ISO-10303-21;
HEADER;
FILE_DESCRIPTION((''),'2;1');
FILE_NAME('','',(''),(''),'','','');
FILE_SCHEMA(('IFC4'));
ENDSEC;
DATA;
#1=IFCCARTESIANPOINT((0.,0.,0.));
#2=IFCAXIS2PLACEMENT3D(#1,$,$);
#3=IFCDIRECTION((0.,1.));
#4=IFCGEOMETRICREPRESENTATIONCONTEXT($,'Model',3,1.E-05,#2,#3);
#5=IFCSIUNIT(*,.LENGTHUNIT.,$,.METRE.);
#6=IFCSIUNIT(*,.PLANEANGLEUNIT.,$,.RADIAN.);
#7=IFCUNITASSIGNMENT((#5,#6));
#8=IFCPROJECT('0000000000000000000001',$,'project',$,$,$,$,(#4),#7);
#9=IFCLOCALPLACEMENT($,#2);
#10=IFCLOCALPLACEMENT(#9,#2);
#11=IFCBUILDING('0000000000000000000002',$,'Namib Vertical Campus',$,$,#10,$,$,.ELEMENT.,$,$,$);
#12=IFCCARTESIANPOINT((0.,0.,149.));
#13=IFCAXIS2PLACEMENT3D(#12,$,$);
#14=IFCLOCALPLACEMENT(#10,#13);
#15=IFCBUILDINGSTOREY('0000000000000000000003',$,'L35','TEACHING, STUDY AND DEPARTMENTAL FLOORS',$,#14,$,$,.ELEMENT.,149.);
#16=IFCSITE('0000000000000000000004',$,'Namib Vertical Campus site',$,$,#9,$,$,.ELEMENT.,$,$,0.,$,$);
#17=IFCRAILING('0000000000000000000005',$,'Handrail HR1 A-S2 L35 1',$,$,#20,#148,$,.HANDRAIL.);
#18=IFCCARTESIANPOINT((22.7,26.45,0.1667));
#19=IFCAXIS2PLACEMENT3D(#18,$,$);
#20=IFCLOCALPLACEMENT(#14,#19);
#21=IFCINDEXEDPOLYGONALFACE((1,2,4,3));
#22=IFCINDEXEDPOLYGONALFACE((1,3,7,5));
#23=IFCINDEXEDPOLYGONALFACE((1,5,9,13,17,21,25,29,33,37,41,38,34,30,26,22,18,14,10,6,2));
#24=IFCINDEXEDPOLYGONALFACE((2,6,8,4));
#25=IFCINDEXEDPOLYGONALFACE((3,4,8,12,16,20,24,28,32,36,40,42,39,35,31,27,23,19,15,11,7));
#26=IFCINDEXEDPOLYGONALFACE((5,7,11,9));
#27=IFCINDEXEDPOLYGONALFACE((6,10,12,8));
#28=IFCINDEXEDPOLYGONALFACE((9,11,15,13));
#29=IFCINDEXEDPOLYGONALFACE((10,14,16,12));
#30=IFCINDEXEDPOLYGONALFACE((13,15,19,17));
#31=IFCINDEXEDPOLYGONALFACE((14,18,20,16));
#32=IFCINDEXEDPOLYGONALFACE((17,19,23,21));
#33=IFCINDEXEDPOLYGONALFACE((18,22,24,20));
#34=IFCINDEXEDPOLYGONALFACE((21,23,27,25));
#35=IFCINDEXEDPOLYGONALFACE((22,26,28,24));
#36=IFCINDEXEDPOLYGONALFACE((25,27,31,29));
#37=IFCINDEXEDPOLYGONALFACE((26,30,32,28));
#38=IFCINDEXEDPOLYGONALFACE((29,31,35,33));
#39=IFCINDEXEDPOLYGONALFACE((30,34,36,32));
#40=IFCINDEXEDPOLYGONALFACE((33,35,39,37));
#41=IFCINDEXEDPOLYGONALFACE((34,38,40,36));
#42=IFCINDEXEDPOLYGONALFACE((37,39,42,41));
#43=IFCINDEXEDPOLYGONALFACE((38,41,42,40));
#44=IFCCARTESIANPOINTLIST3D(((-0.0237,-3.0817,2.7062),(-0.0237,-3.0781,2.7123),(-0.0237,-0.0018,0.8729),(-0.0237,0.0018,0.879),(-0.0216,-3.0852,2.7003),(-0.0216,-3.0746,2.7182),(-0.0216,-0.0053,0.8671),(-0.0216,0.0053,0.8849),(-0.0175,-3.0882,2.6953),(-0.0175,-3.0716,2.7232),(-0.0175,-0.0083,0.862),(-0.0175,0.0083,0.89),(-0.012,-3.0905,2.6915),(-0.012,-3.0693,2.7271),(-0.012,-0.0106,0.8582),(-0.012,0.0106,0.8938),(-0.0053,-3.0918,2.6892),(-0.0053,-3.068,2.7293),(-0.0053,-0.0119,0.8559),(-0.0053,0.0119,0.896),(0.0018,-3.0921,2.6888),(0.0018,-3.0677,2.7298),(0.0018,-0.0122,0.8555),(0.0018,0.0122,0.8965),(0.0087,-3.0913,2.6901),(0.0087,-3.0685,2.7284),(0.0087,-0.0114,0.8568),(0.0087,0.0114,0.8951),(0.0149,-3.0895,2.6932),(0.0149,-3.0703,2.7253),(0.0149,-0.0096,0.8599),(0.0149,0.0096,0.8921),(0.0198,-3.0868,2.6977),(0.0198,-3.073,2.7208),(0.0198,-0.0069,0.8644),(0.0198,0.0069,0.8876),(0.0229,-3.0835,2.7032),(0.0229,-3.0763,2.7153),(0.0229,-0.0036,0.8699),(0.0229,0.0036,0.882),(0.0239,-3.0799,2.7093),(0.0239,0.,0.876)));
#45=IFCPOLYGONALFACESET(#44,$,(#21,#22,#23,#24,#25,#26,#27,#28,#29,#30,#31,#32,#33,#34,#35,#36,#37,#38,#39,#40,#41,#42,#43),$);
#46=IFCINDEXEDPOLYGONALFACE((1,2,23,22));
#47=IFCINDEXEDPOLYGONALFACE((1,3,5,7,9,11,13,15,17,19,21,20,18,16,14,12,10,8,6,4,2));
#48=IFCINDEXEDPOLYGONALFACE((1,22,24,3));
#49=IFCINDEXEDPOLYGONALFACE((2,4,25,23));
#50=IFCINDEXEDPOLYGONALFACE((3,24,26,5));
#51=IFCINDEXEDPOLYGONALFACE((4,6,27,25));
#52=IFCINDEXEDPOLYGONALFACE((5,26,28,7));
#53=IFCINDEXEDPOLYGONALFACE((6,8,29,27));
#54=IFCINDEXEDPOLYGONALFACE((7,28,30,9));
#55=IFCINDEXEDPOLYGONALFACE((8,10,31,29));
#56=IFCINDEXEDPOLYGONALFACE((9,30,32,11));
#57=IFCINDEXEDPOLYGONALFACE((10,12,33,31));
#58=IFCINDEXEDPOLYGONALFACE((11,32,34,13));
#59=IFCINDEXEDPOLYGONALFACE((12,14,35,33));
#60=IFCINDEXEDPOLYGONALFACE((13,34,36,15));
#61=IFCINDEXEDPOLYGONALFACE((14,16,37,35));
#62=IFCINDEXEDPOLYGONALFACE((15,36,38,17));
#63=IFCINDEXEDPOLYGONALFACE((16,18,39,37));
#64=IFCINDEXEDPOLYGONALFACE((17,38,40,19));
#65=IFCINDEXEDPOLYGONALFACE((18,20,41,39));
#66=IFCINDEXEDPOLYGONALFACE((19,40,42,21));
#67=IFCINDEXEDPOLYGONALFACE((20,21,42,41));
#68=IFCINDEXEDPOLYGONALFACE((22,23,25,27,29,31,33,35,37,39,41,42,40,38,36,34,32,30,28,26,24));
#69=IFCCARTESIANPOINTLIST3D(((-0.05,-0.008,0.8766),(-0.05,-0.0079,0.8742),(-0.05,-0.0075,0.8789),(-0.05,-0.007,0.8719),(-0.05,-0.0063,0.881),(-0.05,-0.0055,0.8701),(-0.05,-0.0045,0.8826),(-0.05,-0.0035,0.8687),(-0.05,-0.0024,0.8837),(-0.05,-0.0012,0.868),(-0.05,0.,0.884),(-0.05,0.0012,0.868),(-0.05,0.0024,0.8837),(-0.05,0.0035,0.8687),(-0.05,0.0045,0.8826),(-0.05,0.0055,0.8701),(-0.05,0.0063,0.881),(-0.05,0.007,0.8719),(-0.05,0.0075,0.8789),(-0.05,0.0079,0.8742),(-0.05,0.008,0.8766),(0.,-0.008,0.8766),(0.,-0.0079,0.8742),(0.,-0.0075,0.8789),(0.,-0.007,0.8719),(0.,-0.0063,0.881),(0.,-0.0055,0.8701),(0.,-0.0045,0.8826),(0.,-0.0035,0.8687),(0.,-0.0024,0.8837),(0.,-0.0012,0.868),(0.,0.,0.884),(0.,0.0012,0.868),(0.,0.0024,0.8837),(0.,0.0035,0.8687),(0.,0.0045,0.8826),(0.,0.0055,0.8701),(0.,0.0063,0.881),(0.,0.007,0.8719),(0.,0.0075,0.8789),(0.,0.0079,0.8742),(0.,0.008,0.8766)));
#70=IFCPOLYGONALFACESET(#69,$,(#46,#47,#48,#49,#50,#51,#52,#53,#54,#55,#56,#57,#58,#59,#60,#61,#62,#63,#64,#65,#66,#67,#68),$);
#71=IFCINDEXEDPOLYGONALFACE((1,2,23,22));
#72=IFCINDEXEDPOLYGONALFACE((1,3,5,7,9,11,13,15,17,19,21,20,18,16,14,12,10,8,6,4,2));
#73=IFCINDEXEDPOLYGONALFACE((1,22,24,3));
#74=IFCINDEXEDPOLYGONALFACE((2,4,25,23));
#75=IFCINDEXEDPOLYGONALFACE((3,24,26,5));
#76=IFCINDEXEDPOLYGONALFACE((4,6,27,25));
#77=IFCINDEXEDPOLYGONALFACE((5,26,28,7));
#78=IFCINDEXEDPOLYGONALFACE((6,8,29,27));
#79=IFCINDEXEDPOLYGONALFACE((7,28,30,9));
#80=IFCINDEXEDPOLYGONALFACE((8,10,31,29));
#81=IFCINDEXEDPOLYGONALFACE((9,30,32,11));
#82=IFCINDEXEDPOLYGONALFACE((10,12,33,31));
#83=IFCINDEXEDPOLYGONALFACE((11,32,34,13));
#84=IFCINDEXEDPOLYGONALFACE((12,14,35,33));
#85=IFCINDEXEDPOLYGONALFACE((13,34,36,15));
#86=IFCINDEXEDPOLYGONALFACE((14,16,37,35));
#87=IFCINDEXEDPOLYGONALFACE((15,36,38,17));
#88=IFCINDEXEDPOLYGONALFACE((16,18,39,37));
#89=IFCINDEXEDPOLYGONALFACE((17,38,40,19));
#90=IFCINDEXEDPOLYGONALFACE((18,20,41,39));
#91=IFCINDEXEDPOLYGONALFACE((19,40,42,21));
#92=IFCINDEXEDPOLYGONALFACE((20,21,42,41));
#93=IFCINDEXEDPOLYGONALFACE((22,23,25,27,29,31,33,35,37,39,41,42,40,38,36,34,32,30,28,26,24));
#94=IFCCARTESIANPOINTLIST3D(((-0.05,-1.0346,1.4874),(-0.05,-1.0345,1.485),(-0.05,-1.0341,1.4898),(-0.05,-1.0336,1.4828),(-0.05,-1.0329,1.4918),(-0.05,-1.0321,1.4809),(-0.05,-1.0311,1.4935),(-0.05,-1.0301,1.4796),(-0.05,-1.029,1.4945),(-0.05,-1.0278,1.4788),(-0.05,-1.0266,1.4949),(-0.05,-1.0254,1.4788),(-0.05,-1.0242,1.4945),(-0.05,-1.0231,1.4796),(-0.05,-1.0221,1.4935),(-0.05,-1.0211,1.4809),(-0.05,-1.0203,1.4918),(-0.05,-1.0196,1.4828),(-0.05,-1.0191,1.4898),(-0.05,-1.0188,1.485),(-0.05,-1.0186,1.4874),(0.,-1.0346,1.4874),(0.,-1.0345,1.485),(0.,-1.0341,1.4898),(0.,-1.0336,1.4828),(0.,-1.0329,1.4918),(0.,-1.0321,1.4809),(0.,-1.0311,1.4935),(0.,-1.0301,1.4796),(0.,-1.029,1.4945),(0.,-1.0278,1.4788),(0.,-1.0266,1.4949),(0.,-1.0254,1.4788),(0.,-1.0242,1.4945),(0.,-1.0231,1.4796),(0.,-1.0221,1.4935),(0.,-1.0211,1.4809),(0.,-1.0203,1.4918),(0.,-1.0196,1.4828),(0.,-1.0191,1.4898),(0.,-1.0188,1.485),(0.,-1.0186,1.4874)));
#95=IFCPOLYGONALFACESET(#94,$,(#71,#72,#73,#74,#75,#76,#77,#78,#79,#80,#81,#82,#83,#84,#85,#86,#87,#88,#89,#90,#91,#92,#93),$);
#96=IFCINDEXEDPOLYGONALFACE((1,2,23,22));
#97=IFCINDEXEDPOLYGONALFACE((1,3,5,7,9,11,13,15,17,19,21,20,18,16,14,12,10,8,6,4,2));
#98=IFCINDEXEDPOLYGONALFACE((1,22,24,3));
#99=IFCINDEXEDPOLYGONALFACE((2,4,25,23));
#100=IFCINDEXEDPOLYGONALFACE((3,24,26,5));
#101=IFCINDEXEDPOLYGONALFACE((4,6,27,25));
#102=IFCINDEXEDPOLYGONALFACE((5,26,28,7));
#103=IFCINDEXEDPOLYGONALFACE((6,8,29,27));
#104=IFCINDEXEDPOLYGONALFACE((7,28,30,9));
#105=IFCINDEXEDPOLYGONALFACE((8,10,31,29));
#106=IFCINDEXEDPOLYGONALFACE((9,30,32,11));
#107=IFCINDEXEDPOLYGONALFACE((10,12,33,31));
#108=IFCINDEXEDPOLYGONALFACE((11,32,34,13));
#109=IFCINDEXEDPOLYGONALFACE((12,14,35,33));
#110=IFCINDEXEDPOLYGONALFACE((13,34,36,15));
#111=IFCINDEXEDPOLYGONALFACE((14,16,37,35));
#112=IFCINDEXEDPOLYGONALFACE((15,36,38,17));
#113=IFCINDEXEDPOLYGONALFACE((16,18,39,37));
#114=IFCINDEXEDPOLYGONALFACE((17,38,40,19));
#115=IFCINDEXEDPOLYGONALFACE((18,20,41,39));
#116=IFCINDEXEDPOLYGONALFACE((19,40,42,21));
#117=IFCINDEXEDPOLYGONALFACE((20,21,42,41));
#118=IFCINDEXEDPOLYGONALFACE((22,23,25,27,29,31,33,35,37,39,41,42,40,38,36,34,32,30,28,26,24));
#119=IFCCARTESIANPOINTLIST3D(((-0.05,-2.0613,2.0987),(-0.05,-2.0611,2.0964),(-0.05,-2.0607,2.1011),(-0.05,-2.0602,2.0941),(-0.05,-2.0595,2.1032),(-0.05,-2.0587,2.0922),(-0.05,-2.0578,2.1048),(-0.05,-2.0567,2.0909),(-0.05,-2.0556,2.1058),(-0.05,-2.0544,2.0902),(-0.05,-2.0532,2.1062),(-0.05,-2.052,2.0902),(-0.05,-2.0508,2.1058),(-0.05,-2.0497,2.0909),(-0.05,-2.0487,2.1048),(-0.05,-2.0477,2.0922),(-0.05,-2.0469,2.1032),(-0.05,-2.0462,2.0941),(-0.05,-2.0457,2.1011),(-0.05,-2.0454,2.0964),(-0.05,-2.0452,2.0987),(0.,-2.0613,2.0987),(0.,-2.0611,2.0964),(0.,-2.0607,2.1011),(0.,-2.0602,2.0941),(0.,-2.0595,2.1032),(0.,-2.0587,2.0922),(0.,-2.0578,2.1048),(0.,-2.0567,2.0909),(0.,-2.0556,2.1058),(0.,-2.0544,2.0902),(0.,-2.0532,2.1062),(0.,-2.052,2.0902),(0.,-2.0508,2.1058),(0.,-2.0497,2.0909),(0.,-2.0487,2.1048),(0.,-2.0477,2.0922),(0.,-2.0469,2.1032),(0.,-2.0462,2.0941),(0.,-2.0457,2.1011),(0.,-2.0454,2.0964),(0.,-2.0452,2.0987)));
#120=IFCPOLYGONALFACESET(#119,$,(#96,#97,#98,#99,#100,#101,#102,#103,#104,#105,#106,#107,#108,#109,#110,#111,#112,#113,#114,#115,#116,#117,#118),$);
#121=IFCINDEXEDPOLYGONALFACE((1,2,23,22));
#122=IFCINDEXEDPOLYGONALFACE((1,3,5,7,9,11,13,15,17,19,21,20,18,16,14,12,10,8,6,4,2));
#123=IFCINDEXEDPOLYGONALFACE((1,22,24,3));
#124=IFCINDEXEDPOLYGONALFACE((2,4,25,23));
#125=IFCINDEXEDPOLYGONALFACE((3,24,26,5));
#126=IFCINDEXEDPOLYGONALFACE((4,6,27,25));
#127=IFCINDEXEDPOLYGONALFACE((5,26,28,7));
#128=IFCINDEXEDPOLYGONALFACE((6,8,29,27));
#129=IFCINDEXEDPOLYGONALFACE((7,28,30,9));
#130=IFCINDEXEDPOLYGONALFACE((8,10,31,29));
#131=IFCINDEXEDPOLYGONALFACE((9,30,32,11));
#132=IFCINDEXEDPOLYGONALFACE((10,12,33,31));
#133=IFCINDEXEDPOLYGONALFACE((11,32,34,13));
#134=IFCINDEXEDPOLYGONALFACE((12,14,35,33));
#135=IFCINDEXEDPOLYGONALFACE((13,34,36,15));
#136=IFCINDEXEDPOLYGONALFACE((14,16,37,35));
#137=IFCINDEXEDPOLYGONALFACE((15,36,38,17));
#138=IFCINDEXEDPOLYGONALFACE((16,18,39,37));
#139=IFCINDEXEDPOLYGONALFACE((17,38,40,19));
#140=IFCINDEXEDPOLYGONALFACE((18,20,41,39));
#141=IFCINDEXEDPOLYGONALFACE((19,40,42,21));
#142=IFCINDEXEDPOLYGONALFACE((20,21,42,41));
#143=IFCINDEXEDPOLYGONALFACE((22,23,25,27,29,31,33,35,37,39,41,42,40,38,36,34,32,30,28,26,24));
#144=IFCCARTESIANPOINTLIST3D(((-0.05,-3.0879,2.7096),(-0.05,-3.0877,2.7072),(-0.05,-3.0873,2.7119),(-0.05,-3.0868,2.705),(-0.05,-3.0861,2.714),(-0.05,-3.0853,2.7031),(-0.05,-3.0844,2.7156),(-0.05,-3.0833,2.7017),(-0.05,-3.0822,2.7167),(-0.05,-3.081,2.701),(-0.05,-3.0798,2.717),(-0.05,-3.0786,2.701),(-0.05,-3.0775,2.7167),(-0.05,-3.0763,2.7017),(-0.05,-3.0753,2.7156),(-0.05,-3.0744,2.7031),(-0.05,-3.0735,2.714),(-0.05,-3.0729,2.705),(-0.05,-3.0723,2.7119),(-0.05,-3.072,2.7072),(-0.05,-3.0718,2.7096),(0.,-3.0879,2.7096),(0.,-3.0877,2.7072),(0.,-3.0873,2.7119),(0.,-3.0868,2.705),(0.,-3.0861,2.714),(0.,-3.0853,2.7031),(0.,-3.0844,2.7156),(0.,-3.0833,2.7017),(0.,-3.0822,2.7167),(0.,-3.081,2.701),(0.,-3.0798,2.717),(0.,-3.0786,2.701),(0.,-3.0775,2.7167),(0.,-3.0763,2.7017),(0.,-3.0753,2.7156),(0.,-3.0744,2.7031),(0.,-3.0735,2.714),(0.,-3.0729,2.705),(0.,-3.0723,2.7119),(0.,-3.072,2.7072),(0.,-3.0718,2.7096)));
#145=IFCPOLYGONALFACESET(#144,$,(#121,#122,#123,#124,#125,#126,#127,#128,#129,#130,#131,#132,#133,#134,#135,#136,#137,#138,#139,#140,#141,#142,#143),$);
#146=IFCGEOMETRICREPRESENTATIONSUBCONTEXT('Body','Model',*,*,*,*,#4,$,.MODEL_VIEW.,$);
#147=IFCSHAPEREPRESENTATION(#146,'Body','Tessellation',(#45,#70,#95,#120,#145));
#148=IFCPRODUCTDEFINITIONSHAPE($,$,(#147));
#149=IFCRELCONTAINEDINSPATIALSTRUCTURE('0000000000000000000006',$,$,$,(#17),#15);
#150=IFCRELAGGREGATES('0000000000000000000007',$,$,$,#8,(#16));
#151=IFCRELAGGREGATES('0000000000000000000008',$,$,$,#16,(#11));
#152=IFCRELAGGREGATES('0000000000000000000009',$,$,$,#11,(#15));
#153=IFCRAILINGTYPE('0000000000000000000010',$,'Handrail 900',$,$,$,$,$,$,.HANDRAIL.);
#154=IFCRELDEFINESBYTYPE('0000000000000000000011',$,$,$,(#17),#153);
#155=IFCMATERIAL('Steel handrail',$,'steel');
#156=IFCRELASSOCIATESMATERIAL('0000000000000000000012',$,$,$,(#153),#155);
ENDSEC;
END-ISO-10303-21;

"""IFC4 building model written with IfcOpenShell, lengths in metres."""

from ifc_helpers import new_model, si_unit, direction, frame, origin, origin_2d, place, context, subcontext, project, spatial, circle, extrude, material, type_object, element, save


model = new_model("IFC4")

# Units and contexts
model_context = context("Model", 3, precision=1e-05, world=origin(), true_north=direction((0.0, 1.0)))
body_context = subcontext(model_context, "Body", "Model", "MODEL_VIEW")
ifc_project = project(units=[si_unit("LENGTHUNIT", "METRE"), si_unit("PLANEANGLEUNIT", "RADIAN")], contexts=[model_context])

# Site, building, storey
site_placement = place(None, origin())
site = spatial("IfcSite", under=ifc_project, at=site_placement, Name="Namib Vertical Campus site", CompositionType="ELEMENT", RefElevation=0.0)
building_placement = place(site_placement, origin())
building = spatial("IfcBuilding", under=site, at=building_placement, Name="Namib Vertical Campus", CompositionType="ELEMENT")
storey_placement = place(building_placement, frame((0.0, 0.0, 149.0)))
storey = spatial("IfcBuildingStorey", under=building, at=storey_placement, Name="L35", Description="TEACHING, STUDY AND DEPARTMENTAL FLOORS", CompositionType="ELEMENT", Elevation=149.0)

# Railing
ifc_material_1 = material(Name="Steel handrail", Category="steel")
railing_type_1 = type_object("IfcRailingType", Name="Handrail 900", PredefinedType="HANDRAIL", material=ifc_material_1)
railing_1_placement = place(storey_placement, frame((22.7, 26.45, 0.1667)))
element("IfcRailing", 1, at=railing_1_placement, inside=storey, type_object=railing_type_1, Name="Handrail HR1 A-S2 L35 1", PredefinedType="HANDRAIL", context=body_context, shape_type="SweptSolid", body=[
    extrude(circle(Radius=0.0239, at=origin_2d()), frame((0.0, 0.0, 0.876), z_axis=(0.0, -0.859291, 0.511487), x_axis=(1.0, 0.0, 0.0)), (0.0, 0.0, 1.0), 3.5842),
    extrude(circle(Radius=0.0081, at=origin_2d()), frame((0.0, 0.0, 0.876), z_axis=(-1.0, 0.0, 0.0), x_axis=(0.0, 0.0, 1.0)), (0.0, 0.0, 1.0), 0.05),
    extrude(circle(Radius=0.0081, at=origin_2d()), frame((0.0, -1.0266, 1.4868), z_axis=(-1.0, 0.0, 0.0), x_axis=(0.0, 0.0, 1.0)), (0.0, 0.0, 1.0), 0.05),
    extrude(circle(Radius=0.0081, at=origin_2d()), frame((0.0, -2.0532, 2.0981), z_axis=(-1.0, 0.0, 0.0), x_axis=(0.0, 0.0, 1.0)), (0.0, 0.0, 1.0), 0.05),
    extrude(circle(Radius=0.0081, at=origin_2d()), frame((0.0, -3.0798, 2.709), z_axis=(-1.0, 0.0, 0.0), x_axis=(0.0, 0.0, 1.0)), (0.0, 0.0, 1.0), 0.05),
])

save(model, "model.ifc")
